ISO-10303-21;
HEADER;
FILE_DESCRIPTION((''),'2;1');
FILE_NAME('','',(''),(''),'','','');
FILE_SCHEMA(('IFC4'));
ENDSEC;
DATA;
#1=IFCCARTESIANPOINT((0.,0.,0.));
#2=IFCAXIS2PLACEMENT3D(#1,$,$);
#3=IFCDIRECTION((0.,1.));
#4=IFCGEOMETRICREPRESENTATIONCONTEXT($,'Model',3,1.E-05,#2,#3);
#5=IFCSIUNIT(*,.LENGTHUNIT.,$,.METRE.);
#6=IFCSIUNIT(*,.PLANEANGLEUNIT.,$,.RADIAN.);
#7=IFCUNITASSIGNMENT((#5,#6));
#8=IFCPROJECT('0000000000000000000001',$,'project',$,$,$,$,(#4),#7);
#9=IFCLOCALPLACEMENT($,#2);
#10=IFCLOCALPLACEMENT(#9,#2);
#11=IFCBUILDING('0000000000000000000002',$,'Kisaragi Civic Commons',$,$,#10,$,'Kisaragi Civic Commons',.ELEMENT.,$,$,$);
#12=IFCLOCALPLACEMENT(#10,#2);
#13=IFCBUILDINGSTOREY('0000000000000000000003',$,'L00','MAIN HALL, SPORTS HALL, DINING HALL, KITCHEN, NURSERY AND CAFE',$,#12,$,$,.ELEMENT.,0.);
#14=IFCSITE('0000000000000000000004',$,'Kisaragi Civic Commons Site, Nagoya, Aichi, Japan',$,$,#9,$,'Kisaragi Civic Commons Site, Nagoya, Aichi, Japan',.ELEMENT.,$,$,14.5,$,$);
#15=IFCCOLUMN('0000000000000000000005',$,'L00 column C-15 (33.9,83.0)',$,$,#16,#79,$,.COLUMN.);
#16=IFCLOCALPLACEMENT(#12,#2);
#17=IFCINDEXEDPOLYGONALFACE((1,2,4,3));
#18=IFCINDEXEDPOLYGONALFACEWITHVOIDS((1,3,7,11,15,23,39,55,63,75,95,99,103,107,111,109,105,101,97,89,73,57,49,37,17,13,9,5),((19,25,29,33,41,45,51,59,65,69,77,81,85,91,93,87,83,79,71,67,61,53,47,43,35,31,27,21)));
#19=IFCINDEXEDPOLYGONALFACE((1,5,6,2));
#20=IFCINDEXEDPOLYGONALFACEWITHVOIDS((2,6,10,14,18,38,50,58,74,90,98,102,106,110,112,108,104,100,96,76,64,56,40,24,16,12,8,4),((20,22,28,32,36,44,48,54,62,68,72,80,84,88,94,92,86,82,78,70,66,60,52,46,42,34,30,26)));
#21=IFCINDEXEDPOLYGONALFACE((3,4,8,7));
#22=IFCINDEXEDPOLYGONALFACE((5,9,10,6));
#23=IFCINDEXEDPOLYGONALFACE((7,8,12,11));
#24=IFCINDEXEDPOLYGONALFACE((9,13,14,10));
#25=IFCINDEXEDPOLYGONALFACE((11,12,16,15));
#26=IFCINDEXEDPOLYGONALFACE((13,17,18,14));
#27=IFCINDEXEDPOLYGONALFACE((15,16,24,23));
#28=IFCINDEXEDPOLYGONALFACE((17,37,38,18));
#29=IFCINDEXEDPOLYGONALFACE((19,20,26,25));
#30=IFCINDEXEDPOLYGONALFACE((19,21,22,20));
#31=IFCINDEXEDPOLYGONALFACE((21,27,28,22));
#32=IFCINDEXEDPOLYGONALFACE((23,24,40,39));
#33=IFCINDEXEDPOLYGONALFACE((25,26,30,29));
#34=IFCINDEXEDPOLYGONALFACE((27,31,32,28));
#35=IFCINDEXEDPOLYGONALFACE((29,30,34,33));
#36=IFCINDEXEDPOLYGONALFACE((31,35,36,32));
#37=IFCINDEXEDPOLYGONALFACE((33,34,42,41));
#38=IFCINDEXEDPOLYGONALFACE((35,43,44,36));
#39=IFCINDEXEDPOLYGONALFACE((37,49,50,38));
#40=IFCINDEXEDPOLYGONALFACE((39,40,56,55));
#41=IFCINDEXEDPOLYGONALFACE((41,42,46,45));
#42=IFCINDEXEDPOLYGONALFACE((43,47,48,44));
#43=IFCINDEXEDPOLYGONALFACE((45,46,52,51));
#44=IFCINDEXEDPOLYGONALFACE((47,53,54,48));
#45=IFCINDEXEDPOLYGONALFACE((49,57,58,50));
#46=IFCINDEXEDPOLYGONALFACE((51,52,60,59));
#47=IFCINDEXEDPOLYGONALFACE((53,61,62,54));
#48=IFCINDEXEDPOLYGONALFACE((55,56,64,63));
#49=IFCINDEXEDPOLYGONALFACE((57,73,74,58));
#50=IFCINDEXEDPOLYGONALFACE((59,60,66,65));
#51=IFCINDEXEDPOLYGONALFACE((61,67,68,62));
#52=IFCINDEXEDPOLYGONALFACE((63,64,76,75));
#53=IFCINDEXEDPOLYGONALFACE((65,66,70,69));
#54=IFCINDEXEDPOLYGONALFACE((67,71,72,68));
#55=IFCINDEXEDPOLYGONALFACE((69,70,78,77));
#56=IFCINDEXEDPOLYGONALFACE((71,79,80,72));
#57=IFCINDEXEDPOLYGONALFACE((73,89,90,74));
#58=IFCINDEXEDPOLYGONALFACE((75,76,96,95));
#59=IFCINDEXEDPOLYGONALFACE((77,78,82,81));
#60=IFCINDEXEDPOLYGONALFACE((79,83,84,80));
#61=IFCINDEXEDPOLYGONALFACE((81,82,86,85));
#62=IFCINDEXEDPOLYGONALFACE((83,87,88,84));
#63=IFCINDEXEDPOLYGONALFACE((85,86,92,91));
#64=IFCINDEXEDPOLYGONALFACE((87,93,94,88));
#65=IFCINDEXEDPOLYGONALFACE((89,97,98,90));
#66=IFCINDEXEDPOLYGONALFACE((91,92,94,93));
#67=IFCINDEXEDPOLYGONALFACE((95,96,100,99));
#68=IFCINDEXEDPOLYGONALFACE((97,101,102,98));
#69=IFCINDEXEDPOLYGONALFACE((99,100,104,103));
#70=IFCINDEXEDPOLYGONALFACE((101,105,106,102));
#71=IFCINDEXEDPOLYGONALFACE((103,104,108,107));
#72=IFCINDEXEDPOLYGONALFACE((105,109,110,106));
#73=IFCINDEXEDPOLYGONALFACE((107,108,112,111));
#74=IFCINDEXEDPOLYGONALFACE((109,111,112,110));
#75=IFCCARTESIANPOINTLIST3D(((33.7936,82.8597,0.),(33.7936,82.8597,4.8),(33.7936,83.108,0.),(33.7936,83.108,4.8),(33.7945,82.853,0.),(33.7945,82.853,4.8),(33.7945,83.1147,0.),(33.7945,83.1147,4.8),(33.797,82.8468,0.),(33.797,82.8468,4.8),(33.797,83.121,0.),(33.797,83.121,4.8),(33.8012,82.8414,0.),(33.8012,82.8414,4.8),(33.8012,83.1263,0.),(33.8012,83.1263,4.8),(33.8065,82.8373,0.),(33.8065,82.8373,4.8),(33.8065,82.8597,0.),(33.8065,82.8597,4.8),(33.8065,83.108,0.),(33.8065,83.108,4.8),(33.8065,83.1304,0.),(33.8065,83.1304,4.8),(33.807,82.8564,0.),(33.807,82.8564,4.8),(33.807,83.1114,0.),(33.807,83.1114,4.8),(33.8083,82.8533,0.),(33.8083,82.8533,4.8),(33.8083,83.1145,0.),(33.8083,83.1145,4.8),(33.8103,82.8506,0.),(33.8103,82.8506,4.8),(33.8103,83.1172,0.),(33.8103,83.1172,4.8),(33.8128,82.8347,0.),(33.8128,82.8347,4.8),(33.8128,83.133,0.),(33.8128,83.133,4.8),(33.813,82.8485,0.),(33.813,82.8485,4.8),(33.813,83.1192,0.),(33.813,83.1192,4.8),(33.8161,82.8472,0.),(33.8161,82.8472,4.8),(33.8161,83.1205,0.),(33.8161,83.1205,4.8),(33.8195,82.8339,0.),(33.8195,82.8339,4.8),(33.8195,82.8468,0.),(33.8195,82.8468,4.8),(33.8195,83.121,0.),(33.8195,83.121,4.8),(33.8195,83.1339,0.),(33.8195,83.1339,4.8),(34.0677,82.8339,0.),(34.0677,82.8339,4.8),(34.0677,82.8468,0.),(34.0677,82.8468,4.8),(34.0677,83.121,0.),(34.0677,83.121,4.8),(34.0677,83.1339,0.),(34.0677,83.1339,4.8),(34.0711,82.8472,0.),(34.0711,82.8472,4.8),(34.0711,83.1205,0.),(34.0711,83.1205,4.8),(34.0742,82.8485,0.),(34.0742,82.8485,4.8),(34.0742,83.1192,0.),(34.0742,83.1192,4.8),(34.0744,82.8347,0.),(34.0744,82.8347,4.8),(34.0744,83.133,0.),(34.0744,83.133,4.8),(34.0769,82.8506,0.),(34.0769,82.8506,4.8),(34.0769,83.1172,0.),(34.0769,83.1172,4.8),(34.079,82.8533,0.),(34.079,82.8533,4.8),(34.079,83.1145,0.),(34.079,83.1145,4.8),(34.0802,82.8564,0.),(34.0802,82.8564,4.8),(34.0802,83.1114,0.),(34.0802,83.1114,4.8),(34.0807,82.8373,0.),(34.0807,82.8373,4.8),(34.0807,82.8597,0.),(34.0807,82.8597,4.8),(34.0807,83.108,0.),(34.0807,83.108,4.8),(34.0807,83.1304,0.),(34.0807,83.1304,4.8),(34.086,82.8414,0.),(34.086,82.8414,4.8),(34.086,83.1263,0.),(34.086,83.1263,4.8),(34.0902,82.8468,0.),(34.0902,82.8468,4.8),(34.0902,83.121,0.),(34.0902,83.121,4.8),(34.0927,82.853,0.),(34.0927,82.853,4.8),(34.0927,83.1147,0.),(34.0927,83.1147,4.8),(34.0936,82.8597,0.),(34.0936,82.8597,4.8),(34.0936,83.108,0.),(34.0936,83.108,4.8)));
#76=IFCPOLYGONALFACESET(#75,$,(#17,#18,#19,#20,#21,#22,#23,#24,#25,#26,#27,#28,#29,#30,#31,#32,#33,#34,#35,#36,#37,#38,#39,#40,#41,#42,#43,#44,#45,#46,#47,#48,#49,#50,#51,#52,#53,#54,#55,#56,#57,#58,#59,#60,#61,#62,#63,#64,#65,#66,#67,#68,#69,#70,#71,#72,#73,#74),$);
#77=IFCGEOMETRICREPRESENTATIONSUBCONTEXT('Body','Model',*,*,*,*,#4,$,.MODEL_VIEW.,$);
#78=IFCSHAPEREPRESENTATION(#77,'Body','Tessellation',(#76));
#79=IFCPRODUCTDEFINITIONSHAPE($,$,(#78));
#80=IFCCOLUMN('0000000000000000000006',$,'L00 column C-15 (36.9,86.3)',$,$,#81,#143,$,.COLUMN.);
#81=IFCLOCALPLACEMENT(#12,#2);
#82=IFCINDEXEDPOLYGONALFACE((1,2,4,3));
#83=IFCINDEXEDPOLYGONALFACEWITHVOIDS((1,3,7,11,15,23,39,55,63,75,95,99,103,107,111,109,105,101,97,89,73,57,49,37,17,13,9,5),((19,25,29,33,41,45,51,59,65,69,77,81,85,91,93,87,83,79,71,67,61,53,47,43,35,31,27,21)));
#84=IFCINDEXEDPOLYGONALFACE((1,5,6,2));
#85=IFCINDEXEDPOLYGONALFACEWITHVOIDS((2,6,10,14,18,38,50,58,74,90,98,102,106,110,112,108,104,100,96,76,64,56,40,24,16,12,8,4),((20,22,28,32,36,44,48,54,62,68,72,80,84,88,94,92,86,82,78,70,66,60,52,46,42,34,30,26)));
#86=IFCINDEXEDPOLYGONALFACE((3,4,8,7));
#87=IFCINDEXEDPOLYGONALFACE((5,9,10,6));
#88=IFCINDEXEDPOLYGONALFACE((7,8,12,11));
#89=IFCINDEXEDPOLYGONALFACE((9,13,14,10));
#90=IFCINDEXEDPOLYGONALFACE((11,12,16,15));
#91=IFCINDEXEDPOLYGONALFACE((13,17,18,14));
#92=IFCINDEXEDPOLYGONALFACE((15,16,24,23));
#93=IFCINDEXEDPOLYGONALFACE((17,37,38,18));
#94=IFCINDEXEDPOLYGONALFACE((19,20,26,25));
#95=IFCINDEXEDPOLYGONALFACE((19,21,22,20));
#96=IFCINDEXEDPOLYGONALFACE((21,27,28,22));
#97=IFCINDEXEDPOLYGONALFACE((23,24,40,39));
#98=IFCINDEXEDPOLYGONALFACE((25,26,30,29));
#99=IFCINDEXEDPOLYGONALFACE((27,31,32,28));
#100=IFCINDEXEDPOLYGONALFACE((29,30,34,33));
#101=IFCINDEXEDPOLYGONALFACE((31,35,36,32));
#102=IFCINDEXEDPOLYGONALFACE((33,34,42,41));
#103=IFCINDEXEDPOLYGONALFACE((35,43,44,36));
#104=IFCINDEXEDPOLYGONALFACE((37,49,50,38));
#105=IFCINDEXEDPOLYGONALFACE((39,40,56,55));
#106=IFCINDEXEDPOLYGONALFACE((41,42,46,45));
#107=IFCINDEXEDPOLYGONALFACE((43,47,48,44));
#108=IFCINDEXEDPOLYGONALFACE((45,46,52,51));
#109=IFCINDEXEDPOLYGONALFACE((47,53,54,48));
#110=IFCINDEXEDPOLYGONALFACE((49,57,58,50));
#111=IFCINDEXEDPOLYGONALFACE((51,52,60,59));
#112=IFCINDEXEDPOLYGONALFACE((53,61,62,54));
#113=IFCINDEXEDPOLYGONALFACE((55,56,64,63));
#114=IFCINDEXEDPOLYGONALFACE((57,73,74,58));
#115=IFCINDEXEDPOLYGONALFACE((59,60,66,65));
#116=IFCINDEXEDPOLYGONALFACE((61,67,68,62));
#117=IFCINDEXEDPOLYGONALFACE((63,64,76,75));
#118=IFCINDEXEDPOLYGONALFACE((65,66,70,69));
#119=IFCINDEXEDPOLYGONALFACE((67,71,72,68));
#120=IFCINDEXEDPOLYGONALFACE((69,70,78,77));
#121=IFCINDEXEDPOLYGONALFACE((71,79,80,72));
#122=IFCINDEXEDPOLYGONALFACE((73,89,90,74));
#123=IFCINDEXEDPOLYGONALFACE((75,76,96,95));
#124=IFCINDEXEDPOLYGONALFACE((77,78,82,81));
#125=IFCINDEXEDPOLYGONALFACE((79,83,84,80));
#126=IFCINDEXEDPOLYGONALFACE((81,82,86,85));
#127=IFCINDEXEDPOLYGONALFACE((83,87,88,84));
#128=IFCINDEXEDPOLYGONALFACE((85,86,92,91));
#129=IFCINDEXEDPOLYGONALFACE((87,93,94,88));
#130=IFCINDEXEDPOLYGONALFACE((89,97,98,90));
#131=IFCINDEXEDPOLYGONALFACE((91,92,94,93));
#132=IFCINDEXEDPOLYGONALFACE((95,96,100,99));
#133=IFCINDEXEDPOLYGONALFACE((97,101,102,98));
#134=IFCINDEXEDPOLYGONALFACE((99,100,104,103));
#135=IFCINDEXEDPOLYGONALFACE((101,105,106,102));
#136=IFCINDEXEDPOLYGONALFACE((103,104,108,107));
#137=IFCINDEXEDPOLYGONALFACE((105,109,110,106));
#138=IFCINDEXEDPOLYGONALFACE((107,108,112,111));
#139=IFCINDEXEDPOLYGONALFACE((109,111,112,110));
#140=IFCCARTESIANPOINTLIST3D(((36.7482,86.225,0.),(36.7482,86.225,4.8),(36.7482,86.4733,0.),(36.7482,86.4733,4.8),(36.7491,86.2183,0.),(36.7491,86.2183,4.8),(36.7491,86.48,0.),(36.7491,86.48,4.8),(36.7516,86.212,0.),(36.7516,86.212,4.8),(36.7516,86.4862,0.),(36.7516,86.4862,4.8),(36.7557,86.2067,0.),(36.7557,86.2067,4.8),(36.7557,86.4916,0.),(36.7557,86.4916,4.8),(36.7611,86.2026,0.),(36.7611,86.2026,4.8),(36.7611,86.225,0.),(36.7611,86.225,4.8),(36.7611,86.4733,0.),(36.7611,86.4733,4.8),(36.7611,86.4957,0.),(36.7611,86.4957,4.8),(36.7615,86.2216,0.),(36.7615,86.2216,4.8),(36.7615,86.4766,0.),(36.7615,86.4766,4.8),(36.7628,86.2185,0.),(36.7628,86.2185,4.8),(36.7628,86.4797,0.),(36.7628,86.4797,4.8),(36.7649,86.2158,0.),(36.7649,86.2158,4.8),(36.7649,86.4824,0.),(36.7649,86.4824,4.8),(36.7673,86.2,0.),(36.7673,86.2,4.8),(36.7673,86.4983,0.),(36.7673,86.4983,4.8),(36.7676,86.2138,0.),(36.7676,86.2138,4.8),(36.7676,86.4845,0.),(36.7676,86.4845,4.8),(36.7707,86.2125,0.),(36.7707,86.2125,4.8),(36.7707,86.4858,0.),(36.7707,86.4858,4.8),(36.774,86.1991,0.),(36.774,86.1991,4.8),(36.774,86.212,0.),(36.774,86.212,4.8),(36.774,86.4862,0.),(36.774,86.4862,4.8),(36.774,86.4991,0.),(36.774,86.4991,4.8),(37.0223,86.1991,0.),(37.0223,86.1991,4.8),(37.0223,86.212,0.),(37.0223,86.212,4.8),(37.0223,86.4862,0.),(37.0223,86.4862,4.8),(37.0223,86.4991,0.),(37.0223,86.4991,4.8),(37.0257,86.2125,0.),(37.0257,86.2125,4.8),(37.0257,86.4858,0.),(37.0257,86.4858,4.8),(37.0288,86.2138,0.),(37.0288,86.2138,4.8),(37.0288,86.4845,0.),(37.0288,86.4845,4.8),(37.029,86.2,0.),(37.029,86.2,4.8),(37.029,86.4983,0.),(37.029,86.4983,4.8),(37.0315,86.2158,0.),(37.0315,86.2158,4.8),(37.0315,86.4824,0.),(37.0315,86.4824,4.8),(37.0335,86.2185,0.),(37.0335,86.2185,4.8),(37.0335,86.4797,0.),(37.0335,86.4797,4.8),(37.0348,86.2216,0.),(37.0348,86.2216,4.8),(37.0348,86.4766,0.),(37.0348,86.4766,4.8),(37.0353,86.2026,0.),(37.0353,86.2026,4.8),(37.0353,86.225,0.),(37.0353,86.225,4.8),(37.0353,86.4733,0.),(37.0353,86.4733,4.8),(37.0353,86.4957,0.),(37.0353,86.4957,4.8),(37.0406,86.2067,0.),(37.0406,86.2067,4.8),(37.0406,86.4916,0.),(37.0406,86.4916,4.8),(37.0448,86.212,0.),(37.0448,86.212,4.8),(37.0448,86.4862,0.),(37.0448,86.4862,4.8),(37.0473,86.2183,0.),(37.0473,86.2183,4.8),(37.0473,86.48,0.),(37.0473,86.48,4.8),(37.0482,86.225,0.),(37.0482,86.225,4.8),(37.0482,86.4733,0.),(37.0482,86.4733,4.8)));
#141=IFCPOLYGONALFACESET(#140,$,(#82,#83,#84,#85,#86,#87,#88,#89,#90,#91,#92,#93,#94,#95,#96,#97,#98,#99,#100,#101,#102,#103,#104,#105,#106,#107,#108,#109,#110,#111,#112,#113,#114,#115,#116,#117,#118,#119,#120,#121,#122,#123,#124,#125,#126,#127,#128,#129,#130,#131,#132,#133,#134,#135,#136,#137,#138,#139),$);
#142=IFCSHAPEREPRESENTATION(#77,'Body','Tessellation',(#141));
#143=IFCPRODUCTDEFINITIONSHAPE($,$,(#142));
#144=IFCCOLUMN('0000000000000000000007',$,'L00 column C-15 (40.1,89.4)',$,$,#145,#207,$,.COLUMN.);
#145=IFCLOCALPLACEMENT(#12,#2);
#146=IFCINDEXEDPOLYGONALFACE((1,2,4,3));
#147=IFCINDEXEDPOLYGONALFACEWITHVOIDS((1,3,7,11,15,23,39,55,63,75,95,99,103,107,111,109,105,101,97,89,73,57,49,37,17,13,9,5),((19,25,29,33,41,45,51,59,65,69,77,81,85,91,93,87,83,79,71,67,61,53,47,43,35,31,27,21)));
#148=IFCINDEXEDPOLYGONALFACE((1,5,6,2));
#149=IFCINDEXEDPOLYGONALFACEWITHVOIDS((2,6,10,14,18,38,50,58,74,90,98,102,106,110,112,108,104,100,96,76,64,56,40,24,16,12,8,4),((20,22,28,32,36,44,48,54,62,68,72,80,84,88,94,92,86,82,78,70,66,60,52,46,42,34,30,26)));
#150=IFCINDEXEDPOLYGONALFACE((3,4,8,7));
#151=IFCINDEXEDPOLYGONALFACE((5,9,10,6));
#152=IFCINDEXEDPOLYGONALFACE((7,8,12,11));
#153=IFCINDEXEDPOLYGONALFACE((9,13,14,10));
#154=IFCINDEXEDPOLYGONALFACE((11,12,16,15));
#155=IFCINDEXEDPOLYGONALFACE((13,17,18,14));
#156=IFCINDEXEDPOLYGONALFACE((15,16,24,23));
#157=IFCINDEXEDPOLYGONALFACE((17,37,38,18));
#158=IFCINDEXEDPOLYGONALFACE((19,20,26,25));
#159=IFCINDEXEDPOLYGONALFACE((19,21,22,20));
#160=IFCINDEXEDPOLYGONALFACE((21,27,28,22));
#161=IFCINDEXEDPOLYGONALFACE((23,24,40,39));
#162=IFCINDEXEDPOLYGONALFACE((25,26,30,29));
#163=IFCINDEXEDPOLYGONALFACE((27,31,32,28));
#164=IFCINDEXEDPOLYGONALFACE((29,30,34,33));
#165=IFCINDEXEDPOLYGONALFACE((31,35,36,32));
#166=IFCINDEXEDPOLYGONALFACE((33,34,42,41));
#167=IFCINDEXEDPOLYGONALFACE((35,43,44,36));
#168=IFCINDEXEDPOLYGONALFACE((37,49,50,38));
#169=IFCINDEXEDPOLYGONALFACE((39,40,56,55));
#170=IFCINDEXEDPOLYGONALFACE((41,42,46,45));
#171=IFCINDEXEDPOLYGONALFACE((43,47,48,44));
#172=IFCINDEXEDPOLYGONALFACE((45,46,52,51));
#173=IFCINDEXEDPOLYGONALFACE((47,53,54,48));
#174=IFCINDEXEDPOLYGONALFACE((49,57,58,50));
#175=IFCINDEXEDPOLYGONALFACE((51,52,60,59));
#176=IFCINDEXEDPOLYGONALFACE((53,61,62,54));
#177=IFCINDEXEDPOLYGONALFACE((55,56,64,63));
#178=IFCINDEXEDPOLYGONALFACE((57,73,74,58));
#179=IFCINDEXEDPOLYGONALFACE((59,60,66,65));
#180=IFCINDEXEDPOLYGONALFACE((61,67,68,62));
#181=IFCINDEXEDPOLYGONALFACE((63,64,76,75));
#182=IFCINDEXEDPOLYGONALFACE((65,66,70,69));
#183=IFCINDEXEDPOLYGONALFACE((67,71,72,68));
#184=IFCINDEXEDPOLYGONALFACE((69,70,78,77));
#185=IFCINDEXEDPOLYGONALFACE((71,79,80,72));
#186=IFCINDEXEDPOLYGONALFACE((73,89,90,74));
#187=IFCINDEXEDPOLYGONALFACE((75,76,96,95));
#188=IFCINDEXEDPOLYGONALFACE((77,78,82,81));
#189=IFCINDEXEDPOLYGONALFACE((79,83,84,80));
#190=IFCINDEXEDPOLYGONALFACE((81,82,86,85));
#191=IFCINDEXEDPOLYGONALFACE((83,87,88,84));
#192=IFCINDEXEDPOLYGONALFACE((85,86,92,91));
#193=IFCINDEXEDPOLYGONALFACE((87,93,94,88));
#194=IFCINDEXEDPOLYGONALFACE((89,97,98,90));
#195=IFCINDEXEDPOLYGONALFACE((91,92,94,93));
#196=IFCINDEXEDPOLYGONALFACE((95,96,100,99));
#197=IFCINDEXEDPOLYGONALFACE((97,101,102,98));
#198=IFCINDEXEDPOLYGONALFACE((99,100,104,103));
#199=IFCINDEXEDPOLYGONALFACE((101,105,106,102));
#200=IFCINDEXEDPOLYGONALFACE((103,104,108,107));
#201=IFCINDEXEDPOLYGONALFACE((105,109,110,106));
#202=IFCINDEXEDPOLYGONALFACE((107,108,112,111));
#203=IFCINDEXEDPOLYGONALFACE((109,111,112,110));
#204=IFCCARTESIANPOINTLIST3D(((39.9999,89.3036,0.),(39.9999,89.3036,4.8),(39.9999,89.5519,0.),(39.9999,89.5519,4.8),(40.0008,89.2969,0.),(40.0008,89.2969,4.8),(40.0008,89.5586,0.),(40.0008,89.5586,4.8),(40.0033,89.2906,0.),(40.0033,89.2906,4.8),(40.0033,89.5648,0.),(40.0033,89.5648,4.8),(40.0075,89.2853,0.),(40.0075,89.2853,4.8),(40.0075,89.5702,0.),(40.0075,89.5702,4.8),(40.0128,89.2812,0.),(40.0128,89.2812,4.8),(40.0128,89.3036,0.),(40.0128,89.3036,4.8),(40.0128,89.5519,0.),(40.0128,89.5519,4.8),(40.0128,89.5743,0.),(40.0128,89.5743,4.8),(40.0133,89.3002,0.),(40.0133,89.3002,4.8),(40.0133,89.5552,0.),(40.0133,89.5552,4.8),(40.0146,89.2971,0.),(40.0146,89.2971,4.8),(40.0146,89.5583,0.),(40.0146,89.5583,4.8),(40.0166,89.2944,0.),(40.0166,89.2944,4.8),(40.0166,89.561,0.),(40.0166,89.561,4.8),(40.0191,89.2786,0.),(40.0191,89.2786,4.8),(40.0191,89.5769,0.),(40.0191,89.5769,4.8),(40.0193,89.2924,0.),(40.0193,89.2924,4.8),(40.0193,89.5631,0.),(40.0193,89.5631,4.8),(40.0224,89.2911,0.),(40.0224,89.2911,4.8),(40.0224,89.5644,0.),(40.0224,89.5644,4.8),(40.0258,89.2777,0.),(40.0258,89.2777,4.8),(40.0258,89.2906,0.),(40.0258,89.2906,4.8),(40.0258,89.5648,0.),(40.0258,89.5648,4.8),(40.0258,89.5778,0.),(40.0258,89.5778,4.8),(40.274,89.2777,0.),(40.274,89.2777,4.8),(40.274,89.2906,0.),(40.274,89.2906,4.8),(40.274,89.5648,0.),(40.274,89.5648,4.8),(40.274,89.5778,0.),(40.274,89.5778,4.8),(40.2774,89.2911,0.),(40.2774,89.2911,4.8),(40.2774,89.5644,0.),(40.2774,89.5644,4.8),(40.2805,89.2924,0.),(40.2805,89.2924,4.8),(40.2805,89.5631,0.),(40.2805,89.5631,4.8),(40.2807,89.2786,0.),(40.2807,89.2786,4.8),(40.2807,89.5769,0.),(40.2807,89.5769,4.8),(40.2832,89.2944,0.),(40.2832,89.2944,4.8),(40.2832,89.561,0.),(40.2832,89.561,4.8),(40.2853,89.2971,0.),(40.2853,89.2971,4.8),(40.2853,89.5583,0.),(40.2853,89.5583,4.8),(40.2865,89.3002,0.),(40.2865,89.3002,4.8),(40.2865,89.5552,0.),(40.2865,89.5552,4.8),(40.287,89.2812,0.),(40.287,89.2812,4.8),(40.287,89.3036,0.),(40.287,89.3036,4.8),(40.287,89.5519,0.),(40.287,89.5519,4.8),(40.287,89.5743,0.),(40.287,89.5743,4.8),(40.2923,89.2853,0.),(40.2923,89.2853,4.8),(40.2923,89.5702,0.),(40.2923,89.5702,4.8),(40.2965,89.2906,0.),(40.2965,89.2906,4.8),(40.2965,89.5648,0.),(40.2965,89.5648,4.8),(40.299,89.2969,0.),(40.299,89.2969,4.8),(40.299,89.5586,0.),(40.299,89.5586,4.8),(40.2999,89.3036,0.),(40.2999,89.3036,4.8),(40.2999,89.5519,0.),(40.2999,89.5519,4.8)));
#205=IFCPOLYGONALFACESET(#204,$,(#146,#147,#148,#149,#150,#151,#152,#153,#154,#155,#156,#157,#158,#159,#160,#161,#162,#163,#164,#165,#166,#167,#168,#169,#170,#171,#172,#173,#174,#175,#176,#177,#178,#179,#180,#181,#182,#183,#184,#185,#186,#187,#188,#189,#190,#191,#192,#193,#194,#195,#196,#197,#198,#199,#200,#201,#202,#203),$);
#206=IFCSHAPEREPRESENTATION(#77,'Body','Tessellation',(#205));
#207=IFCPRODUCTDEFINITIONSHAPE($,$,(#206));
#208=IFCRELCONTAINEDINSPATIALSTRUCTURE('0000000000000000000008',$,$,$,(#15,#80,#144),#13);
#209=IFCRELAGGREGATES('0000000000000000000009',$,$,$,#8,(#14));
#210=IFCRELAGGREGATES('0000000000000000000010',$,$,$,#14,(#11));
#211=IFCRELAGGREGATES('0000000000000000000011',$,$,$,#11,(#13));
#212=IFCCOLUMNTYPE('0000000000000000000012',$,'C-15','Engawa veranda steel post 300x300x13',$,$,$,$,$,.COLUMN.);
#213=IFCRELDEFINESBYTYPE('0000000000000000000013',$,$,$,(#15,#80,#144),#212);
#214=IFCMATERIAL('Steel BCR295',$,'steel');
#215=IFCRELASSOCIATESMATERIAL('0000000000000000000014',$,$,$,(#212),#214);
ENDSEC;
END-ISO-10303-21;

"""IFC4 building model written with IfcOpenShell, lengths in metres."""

from ifc_helpers import new_model, si_unit, direction, frame, origin, origin_2d, place, context, subcontext, project, spatial, hollow_rectangle, extrude, material, material_profile, profile_set, type_object, element, save


model = new_model("IFC4")

# Units and contexts
model_context = context("Model", 3, precision=1e-05, world=origin(), true_north=direction((0.0, 1.0)))
body_context = subcontext(model_context, "Body", "Model", "MODEL_VIEW")
ifc_project = project(units=[si_unit("LENGTHUNIT", "METRE"), si_unit("PLANEANGLEUNIT", "RADIAN")], contexts=[model_context])

# Site, building, storey
site_placement = place(None, origin())
site = spatial("IfcSite", under=ifc_project, at=site_placement, Name="Kisaragi Civic Commons Site, Nagoya, Aichi, Japan", LongName="Kisaragi Civic Commons Site, Nagoya, Aichi, Japan", CompositionType="ELEMENT", RefElevation=14.5)
building_placement = place(site_placement, origin())
building = spatial("IfcBuilding", under=site, at=building_placement, Name="Kisaragi Civic Commons", LongName="Kisaragi Civic Commons", CompositionType="ELEMENT")
storey_placement = place(building_placement, origin())
storey = spatial("IfcBuildingStorey", under=building, at=storey_placement, Name="L00", Description="MAIN HALL, SPORTS HALL, DINING HALL, KITCHEN, NURSERY AND CAFE", CompositionType="ELEMENT", Elevation=0.0)

# Columns
ifc_material_1 = material(Name="Steel BCR295", Category="steel")
ifc_material_profile_1 = material_profile(ifc_material_1, hollow_rectangle(XDim=0.3, YDim=0.3, WallThickness=0.0129, InnerFilletRadius=0.0129, OuterFilletRadius=0.0259, at=origin_2d()), Name="BCR-300x300x13", Category="steel")
ifc_profile_set_1 = profile_set([ifc_material_profile_1], Name="Steel BCR295")
column_type_1 = type_object("IfcColumnType", Name="C-15", Description="Engawa veranda steel post 300x300x13", PredefinedType="COLUMN", material=ifc_profile_set_1)
for number, where, z_axis, x_axis, name in (
    (1, (33.9436, 82.9839, 0.0), (0.0, 0.0, 1.0), (1.0, 0.0, 0.0), "L00 column C-15 (33.9,83.0)"),
    (2, (36.8982, 86.3491, 0.0), (0.0, 0.0, 1.0), (1.0, 0.0, 0.0), "L00 column C-15 (36.9,86.3)"),
    (3, (40.1499, 89.4277, 0.0), (0.0, 0.0, 1.0), (1.0, 0.0, 0.0), "L00 column C-15 (40.1,89.4)"),
):
    element("IfcColumn", number, at=place(storey_placement, frame(where, z_axis=z_axis, x_axis=x_axis)), inside=storey, type_object=column_type_1, Name=name, PredefinedType="COLUMN", context=body_context, shape_type="SweptSolid", body=[
        extrude(hollow_rectangle(XDim=0.3, YDim=0.3, WallThickness=0.0129, InnerFilletRadius=0.0129, OuterFilletRadius=0.0259, at=origin_2d()), origin(), (0.0, 0.0, 1.0), 4.8),
    ])

save(model, "model.ifc")
